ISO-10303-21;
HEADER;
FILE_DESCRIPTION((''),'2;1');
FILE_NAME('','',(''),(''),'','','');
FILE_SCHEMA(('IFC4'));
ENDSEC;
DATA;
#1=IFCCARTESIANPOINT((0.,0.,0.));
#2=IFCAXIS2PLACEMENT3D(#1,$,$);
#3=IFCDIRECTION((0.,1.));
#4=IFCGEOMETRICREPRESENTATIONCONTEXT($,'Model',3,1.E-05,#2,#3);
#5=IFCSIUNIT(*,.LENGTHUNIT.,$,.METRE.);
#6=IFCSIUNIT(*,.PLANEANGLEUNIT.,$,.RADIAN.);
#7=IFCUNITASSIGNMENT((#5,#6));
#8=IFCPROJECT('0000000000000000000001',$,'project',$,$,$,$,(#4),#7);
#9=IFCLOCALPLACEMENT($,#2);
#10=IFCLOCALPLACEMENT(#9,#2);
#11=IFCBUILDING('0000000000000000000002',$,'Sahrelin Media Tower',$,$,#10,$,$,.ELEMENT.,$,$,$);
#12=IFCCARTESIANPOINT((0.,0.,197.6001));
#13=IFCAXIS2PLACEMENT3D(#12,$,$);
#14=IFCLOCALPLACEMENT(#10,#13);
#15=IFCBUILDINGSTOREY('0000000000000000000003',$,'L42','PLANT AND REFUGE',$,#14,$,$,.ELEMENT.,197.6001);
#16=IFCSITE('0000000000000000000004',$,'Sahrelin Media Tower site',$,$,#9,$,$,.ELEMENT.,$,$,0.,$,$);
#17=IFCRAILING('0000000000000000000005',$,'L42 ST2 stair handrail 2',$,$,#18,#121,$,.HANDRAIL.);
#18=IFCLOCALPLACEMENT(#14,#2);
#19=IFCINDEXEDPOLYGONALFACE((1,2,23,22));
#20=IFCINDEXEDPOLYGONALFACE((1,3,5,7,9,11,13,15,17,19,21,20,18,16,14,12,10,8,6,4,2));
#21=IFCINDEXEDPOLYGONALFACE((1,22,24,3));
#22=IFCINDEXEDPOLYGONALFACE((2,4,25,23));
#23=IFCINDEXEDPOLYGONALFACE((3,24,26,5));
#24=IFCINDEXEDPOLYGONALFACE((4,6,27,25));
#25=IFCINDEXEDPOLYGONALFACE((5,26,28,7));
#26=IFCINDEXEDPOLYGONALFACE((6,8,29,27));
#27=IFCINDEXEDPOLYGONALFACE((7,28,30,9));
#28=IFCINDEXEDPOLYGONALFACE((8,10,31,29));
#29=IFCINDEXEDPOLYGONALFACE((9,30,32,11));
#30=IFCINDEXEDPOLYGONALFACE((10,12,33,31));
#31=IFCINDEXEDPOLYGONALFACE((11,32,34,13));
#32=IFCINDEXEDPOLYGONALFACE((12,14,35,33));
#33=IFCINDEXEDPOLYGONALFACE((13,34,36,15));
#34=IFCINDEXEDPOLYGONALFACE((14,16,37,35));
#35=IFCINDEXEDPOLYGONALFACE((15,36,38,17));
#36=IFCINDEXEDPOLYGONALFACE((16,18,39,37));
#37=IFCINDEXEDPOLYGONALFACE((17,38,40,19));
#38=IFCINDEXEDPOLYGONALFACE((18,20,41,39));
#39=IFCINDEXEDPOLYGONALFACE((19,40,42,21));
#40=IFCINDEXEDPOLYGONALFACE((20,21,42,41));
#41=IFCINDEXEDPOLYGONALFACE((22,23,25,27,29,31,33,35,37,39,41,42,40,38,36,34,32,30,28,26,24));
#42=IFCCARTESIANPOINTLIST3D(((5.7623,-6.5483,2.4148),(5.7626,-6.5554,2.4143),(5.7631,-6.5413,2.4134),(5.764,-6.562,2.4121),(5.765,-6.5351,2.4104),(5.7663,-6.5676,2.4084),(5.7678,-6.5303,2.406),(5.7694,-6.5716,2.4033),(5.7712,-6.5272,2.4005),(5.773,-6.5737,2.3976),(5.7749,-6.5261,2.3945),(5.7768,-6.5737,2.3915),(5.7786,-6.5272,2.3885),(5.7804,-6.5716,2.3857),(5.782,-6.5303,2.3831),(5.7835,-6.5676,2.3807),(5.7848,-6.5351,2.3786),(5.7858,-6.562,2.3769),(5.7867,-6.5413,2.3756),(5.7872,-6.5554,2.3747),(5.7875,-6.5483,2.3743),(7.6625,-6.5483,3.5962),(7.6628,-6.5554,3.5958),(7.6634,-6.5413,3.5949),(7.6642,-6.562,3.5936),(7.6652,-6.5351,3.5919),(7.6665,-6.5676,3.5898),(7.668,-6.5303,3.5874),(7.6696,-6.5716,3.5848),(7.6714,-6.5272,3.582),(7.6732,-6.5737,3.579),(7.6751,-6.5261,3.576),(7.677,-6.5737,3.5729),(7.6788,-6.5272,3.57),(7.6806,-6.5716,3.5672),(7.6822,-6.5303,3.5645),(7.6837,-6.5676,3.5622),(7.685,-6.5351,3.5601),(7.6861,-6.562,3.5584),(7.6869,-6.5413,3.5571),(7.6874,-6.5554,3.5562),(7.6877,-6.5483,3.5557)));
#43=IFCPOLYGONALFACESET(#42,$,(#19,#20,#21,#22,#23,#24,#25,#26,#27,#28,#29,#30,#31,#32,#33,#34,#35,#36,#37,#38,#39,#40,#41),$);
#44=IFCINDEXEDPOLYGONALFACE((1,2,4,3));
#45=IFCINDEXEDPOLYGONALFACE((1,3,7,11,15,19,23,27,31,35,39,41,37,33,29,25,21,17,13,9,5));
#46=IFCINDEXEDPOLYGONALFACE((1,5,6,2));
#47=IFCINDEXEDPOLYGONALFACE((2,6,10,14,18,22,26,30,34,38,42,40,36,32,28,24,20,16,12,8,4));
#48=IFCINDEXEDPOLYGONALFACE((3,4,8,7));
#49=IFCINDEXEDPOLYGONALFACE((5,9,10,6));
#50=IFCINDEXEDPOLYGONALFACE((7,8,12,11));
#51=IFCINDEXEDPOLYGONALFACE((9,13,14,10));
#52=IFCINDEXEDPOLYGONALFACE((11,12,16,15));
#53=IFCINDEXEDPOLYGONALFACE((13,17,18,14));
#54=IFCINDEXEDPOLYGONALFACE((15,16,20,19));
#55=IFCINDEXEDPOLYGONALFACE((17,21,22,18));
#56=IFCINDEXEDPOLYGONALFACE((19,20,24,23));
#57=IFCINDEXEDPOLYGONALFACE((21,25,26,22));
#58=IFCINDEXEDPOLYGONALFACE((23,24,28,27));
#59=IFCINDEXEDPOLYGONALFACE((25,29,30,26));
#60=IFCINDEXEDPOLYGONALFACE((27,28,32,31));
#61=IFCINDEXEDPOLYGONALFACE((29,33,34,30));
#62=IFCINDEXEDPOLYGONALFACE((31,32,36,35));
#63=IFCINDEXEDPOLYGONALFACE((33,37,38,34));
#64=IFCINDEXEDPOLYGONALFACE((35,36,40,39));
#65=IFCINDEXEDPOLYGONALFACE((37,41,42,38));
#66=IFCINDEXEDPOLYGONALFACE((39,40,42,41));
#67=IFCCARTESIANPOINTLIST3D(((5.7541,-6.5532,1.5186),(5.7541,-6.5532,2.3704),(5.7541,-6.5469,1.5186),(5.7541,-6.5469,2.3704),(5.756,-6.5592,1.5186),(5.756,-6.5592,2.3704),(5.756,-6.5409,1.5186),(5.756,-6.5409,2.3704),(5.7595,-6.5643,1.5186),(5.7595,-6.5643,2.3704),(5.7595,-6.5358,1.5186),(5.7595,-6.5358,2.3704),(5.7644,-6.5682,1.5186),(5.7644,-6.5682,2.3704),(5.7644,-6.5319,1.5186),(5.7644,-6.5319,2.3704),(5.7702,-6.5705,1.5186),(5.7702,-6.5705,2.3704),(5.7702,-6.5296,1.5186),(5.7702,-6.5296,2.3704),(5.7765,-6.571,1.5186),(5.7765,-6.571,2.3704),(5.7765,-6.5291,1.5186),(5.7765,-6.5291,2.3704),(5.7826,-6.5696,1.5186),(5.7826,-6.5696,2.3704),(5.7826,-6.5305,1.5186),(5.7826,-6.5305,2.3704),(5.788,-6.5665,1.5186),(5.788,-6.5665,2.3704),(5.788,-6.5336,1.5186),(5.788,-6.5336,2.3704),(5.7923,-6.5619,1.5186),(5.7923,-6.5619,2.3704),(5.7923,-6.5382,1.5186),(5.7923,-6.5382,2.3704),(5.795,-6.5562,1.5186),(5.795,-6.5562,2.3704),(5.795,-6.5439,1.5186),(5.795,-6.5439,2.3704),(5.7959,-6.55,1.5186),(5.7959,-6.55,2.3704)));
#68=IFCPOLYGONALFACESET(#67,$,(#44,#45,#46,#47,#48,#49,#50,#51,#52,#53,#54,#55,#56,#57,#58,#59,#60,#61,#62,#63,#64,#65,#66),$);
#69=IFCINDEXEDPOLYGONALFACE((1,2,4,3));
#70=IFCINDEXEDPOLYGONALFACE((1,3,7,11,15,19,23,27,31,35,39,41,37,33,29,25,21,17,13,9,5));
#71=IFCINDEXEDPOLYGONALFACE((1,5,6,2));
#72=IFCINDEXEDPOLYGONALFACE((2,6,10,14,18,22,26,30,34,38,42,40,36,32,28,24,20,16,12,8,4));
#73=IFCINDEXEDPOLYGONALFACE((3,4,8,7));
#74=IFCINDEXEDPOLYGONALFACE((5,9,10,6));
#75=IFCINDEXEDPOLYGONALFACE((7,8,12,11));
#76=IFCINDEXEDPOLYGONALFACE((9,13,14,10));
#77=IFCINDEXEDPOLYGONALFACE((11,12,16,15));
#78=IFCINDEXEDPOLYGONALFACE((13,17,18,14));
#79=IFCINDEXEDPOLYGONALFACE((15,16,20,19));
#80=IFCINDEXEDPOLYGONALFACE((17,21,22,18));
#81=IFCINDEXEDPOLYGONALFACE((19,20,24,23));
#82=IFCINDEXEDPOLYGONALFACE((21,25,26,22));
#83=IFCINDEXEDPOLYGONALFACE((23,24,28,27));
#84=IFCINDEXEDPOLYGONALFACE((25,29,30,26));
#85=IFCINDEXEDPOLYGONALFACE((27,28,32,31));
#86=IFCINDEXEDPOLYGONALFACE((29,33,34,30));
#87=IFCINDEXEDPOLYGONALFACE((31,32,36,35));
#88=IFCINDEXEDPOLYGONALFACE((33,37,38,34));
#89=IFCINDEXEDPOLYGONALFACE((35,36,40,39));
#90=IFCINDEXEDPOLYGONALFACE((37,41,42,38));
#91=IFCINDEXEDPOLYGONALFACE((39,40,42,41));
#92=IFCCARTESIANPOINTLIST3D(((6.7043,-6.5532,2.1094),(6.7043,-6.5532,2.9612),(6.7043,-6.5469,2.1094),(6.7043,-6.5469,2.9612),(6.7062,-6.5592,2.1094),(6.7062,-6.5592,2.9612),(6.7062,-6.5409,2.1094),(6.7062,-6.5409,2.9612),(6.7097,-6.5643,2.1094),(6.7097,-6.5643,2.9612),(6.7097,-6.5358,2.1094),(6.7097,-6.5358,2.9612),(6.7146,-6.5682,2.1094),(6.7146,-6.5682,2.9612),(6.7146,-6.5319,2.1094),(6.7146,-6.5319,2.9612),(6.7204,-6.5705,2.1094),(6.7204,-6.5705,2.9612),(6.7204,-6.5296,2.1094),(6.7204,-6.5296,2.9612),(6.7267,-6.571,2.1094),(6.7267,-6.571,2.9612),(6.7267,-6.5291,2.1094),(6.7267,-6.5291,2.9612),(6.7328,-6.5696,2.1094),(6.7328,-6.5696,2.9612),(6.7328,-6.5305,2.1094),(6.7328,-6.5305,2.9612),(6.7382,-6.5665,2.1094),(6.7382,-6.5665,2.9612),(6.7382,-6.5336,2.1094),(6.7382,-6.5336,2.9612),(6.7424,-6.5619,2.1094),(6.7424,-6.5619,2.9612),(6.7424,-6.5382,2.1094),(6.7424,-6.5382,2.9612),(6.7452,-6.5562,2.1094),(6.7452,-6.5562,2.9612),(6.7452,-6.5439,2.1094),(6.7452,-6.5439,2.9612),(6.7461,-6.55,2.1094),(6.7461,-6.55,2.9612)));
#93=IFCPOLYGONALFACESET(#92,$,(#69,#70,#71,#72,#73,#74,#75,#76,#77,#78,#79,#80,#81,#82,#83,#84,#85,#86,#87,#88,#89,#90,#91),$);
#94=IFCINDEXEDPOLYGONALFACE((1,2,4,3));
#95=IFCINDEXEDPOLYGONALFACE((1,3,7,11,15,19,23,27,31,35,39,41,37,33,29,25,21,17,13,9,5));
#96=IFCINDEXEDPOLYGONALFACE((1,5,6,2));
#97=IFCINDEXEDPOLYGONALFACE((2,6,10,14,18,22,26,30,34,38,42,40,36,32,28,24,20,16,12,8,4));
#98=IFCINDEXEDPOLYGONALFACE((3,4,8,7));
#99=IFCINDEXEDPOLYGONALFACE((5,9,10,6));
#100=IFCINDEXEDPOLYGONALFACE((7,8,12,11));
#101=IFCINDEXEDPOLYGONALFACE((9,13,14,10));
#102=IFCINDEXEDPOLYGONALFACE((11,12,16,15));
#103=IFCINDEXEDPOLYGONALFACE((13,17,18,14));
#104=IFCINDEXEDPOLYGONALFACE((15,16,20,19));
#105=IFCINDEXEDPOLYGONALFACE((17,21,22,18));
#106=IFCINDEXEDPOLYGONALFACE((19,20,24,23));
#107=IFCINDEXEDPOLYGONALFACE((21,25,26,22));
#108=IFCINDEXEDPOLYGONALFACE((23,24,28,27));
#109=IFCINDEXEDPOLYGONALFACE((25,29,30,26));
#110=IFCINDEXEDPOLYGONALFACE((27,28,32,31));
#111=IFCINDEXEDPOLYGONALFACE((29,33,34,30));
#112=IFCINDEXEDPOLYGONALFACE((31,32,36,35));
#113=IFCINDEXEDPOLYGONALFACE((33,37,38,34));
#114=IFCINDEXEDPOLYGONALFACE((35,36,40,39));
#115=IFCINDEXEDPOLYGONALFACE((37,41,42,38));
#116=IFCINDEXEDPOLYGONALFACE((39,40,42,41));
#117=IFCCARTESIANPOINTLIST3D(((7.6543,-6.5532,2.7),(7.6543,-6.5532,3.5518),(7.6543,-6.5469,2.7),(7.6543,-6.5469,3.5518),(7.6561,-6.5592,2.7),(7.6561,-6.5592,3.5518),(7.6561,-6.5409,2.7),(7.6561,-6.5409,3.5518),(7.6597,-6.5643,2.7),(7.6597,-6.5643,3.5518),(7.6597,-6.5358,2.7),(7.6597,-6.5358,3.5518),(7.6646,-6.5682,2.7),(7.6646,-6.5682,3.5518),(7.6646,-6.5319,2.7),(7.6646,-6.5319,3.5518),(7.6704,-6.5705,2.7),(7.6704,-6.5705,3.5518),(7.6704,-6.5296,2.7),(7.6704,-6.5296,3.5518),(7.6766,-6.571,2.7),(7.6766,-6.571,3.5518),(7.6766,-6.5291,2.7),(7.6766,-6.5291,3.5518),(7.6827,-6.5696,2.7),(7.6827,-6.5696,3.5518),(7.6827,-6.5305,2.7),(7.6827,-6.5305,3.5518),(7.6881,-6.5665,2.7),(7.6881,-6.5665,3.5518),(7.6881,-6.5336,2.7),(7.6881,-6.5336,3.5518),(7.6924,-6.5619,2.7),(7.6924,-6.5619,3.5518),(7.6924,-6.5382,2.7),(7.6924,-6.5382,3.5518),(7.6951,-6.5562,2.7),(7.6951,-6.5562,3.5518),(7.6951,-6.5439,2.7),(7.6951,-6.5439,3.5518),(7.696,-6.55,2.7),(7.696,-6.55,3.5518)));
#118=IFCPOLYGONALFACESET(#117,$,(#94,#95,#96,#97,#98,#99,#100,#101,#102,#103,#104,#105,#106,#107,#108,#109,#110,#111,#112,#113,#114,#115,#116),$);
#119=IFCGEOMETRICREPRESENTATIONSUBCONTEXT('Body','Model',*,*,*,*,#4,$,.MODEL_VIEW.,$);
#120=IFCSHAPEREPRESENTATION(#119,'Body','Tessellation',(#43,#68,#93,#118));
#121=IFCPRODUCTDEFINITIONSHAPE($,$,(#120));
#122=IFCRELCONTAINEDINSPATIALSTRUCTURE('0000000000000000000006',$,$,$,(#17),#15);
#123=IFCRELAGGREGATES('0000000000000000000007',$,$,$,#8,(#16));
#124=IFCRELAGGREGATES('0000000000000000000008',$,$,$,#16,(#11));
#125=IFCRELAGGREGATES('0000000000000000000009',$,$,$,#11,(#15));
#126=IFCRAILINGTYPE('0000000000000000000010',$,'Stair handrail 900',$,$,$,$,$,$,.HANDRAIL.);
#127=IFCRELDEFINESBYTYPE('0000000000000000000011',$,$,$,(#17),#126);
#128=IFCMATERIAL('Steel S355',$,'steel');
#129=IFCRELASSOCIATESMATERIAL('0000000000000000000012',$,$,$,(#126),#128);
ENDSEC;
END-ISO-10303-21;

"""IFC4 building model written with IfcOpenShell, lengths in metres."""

from ifc_helpers import new_model, si_unit, direction, frame, origin, origin_2d, place, context, subcontext, project, spatial, circle, extrude, material, type_object, element, save


model = new_model("IFC4")

# Units and contexts
model_context = context("Model", 3, precision=1e-05, world=origin(), true_north=direction((0.0, 1.0)))
body_context = subcontext(model_context, "Body", "Model", "MODEL_VIEW")
ifc_project = project(units=[si_unit("LENGTHUNIT", "METRE"), si_unit("PLANEANGLEUNIT", "RADIAN")], contexts=[model_context])

# Site, building, storey
site_placement = place(None, origin())
site = spatial("IfcSite", under=ifc_project, at=site_placement, Name="Sahrelin Media Tower site", CompositionType="ELEMENT", RefElevation=0.0)
building_placement = place(site_placement, origin())
building = spatial("IfcBuilding", under=site, at=building_placement, Name="Sahrelin Media Tower", CompositionType="ELEMENT")
storey_placement = place(building_placement, frame((0.0, 0.0, 197.6001)))
storey = spatial("IfcBuildingStorey", under=building, at=storey_placement, Name="L42", Description="PLANT AND REFUGE", CompositionType="ELEMENT", Elevation=197.6001)

# Railing
ifc_material_1 = material(Name="Steel S355", Category="steel")
railing_type_1 = type_object("IfcRailingType", Name="Stair handrail 900", PredefinedType="HANDRAIL", material=ifc_material_1)
railing_1_placement = place(storey_placement, frame((5.7749, -6.55, 1.5186)))
element("IfcRailing", 1, at=railing_1_placement, inside=storey, type_object=railing_type_1, Name="L42 ST2 stair handrail 2", PredefinedType="HANDRAIL", context=body_context, shape_type="SweptSolid", body=[
    extrude(circle(Radius=0.0239, at=origin_2d()), frame((0.0, 0.0, 0.876), z_axis=(0.84924, 0.0, 0.528006), x_axis=(0.0, 1.0, 0.0)), (0.0, 0.0, 1.0), 2.2375),
    extrude(circle(Radius=0.021, at=origin_2d()), origin(), (0.0, 0.0, 1.0), 0.8518),
    extrude(circle(Radius=0.021, at=origin_2d()), frame((0.9502, 0.0, 0.5908)), (0.0, 0.0, 1.0), 0.8518),
    extrude(circle(Radius=0.021, at=origin_2d()), frame((1.9001, 0.0, 1.1814)), (0.0, 0.0, 1.0), 0.8518),
])

save(model, "model.ifc")
